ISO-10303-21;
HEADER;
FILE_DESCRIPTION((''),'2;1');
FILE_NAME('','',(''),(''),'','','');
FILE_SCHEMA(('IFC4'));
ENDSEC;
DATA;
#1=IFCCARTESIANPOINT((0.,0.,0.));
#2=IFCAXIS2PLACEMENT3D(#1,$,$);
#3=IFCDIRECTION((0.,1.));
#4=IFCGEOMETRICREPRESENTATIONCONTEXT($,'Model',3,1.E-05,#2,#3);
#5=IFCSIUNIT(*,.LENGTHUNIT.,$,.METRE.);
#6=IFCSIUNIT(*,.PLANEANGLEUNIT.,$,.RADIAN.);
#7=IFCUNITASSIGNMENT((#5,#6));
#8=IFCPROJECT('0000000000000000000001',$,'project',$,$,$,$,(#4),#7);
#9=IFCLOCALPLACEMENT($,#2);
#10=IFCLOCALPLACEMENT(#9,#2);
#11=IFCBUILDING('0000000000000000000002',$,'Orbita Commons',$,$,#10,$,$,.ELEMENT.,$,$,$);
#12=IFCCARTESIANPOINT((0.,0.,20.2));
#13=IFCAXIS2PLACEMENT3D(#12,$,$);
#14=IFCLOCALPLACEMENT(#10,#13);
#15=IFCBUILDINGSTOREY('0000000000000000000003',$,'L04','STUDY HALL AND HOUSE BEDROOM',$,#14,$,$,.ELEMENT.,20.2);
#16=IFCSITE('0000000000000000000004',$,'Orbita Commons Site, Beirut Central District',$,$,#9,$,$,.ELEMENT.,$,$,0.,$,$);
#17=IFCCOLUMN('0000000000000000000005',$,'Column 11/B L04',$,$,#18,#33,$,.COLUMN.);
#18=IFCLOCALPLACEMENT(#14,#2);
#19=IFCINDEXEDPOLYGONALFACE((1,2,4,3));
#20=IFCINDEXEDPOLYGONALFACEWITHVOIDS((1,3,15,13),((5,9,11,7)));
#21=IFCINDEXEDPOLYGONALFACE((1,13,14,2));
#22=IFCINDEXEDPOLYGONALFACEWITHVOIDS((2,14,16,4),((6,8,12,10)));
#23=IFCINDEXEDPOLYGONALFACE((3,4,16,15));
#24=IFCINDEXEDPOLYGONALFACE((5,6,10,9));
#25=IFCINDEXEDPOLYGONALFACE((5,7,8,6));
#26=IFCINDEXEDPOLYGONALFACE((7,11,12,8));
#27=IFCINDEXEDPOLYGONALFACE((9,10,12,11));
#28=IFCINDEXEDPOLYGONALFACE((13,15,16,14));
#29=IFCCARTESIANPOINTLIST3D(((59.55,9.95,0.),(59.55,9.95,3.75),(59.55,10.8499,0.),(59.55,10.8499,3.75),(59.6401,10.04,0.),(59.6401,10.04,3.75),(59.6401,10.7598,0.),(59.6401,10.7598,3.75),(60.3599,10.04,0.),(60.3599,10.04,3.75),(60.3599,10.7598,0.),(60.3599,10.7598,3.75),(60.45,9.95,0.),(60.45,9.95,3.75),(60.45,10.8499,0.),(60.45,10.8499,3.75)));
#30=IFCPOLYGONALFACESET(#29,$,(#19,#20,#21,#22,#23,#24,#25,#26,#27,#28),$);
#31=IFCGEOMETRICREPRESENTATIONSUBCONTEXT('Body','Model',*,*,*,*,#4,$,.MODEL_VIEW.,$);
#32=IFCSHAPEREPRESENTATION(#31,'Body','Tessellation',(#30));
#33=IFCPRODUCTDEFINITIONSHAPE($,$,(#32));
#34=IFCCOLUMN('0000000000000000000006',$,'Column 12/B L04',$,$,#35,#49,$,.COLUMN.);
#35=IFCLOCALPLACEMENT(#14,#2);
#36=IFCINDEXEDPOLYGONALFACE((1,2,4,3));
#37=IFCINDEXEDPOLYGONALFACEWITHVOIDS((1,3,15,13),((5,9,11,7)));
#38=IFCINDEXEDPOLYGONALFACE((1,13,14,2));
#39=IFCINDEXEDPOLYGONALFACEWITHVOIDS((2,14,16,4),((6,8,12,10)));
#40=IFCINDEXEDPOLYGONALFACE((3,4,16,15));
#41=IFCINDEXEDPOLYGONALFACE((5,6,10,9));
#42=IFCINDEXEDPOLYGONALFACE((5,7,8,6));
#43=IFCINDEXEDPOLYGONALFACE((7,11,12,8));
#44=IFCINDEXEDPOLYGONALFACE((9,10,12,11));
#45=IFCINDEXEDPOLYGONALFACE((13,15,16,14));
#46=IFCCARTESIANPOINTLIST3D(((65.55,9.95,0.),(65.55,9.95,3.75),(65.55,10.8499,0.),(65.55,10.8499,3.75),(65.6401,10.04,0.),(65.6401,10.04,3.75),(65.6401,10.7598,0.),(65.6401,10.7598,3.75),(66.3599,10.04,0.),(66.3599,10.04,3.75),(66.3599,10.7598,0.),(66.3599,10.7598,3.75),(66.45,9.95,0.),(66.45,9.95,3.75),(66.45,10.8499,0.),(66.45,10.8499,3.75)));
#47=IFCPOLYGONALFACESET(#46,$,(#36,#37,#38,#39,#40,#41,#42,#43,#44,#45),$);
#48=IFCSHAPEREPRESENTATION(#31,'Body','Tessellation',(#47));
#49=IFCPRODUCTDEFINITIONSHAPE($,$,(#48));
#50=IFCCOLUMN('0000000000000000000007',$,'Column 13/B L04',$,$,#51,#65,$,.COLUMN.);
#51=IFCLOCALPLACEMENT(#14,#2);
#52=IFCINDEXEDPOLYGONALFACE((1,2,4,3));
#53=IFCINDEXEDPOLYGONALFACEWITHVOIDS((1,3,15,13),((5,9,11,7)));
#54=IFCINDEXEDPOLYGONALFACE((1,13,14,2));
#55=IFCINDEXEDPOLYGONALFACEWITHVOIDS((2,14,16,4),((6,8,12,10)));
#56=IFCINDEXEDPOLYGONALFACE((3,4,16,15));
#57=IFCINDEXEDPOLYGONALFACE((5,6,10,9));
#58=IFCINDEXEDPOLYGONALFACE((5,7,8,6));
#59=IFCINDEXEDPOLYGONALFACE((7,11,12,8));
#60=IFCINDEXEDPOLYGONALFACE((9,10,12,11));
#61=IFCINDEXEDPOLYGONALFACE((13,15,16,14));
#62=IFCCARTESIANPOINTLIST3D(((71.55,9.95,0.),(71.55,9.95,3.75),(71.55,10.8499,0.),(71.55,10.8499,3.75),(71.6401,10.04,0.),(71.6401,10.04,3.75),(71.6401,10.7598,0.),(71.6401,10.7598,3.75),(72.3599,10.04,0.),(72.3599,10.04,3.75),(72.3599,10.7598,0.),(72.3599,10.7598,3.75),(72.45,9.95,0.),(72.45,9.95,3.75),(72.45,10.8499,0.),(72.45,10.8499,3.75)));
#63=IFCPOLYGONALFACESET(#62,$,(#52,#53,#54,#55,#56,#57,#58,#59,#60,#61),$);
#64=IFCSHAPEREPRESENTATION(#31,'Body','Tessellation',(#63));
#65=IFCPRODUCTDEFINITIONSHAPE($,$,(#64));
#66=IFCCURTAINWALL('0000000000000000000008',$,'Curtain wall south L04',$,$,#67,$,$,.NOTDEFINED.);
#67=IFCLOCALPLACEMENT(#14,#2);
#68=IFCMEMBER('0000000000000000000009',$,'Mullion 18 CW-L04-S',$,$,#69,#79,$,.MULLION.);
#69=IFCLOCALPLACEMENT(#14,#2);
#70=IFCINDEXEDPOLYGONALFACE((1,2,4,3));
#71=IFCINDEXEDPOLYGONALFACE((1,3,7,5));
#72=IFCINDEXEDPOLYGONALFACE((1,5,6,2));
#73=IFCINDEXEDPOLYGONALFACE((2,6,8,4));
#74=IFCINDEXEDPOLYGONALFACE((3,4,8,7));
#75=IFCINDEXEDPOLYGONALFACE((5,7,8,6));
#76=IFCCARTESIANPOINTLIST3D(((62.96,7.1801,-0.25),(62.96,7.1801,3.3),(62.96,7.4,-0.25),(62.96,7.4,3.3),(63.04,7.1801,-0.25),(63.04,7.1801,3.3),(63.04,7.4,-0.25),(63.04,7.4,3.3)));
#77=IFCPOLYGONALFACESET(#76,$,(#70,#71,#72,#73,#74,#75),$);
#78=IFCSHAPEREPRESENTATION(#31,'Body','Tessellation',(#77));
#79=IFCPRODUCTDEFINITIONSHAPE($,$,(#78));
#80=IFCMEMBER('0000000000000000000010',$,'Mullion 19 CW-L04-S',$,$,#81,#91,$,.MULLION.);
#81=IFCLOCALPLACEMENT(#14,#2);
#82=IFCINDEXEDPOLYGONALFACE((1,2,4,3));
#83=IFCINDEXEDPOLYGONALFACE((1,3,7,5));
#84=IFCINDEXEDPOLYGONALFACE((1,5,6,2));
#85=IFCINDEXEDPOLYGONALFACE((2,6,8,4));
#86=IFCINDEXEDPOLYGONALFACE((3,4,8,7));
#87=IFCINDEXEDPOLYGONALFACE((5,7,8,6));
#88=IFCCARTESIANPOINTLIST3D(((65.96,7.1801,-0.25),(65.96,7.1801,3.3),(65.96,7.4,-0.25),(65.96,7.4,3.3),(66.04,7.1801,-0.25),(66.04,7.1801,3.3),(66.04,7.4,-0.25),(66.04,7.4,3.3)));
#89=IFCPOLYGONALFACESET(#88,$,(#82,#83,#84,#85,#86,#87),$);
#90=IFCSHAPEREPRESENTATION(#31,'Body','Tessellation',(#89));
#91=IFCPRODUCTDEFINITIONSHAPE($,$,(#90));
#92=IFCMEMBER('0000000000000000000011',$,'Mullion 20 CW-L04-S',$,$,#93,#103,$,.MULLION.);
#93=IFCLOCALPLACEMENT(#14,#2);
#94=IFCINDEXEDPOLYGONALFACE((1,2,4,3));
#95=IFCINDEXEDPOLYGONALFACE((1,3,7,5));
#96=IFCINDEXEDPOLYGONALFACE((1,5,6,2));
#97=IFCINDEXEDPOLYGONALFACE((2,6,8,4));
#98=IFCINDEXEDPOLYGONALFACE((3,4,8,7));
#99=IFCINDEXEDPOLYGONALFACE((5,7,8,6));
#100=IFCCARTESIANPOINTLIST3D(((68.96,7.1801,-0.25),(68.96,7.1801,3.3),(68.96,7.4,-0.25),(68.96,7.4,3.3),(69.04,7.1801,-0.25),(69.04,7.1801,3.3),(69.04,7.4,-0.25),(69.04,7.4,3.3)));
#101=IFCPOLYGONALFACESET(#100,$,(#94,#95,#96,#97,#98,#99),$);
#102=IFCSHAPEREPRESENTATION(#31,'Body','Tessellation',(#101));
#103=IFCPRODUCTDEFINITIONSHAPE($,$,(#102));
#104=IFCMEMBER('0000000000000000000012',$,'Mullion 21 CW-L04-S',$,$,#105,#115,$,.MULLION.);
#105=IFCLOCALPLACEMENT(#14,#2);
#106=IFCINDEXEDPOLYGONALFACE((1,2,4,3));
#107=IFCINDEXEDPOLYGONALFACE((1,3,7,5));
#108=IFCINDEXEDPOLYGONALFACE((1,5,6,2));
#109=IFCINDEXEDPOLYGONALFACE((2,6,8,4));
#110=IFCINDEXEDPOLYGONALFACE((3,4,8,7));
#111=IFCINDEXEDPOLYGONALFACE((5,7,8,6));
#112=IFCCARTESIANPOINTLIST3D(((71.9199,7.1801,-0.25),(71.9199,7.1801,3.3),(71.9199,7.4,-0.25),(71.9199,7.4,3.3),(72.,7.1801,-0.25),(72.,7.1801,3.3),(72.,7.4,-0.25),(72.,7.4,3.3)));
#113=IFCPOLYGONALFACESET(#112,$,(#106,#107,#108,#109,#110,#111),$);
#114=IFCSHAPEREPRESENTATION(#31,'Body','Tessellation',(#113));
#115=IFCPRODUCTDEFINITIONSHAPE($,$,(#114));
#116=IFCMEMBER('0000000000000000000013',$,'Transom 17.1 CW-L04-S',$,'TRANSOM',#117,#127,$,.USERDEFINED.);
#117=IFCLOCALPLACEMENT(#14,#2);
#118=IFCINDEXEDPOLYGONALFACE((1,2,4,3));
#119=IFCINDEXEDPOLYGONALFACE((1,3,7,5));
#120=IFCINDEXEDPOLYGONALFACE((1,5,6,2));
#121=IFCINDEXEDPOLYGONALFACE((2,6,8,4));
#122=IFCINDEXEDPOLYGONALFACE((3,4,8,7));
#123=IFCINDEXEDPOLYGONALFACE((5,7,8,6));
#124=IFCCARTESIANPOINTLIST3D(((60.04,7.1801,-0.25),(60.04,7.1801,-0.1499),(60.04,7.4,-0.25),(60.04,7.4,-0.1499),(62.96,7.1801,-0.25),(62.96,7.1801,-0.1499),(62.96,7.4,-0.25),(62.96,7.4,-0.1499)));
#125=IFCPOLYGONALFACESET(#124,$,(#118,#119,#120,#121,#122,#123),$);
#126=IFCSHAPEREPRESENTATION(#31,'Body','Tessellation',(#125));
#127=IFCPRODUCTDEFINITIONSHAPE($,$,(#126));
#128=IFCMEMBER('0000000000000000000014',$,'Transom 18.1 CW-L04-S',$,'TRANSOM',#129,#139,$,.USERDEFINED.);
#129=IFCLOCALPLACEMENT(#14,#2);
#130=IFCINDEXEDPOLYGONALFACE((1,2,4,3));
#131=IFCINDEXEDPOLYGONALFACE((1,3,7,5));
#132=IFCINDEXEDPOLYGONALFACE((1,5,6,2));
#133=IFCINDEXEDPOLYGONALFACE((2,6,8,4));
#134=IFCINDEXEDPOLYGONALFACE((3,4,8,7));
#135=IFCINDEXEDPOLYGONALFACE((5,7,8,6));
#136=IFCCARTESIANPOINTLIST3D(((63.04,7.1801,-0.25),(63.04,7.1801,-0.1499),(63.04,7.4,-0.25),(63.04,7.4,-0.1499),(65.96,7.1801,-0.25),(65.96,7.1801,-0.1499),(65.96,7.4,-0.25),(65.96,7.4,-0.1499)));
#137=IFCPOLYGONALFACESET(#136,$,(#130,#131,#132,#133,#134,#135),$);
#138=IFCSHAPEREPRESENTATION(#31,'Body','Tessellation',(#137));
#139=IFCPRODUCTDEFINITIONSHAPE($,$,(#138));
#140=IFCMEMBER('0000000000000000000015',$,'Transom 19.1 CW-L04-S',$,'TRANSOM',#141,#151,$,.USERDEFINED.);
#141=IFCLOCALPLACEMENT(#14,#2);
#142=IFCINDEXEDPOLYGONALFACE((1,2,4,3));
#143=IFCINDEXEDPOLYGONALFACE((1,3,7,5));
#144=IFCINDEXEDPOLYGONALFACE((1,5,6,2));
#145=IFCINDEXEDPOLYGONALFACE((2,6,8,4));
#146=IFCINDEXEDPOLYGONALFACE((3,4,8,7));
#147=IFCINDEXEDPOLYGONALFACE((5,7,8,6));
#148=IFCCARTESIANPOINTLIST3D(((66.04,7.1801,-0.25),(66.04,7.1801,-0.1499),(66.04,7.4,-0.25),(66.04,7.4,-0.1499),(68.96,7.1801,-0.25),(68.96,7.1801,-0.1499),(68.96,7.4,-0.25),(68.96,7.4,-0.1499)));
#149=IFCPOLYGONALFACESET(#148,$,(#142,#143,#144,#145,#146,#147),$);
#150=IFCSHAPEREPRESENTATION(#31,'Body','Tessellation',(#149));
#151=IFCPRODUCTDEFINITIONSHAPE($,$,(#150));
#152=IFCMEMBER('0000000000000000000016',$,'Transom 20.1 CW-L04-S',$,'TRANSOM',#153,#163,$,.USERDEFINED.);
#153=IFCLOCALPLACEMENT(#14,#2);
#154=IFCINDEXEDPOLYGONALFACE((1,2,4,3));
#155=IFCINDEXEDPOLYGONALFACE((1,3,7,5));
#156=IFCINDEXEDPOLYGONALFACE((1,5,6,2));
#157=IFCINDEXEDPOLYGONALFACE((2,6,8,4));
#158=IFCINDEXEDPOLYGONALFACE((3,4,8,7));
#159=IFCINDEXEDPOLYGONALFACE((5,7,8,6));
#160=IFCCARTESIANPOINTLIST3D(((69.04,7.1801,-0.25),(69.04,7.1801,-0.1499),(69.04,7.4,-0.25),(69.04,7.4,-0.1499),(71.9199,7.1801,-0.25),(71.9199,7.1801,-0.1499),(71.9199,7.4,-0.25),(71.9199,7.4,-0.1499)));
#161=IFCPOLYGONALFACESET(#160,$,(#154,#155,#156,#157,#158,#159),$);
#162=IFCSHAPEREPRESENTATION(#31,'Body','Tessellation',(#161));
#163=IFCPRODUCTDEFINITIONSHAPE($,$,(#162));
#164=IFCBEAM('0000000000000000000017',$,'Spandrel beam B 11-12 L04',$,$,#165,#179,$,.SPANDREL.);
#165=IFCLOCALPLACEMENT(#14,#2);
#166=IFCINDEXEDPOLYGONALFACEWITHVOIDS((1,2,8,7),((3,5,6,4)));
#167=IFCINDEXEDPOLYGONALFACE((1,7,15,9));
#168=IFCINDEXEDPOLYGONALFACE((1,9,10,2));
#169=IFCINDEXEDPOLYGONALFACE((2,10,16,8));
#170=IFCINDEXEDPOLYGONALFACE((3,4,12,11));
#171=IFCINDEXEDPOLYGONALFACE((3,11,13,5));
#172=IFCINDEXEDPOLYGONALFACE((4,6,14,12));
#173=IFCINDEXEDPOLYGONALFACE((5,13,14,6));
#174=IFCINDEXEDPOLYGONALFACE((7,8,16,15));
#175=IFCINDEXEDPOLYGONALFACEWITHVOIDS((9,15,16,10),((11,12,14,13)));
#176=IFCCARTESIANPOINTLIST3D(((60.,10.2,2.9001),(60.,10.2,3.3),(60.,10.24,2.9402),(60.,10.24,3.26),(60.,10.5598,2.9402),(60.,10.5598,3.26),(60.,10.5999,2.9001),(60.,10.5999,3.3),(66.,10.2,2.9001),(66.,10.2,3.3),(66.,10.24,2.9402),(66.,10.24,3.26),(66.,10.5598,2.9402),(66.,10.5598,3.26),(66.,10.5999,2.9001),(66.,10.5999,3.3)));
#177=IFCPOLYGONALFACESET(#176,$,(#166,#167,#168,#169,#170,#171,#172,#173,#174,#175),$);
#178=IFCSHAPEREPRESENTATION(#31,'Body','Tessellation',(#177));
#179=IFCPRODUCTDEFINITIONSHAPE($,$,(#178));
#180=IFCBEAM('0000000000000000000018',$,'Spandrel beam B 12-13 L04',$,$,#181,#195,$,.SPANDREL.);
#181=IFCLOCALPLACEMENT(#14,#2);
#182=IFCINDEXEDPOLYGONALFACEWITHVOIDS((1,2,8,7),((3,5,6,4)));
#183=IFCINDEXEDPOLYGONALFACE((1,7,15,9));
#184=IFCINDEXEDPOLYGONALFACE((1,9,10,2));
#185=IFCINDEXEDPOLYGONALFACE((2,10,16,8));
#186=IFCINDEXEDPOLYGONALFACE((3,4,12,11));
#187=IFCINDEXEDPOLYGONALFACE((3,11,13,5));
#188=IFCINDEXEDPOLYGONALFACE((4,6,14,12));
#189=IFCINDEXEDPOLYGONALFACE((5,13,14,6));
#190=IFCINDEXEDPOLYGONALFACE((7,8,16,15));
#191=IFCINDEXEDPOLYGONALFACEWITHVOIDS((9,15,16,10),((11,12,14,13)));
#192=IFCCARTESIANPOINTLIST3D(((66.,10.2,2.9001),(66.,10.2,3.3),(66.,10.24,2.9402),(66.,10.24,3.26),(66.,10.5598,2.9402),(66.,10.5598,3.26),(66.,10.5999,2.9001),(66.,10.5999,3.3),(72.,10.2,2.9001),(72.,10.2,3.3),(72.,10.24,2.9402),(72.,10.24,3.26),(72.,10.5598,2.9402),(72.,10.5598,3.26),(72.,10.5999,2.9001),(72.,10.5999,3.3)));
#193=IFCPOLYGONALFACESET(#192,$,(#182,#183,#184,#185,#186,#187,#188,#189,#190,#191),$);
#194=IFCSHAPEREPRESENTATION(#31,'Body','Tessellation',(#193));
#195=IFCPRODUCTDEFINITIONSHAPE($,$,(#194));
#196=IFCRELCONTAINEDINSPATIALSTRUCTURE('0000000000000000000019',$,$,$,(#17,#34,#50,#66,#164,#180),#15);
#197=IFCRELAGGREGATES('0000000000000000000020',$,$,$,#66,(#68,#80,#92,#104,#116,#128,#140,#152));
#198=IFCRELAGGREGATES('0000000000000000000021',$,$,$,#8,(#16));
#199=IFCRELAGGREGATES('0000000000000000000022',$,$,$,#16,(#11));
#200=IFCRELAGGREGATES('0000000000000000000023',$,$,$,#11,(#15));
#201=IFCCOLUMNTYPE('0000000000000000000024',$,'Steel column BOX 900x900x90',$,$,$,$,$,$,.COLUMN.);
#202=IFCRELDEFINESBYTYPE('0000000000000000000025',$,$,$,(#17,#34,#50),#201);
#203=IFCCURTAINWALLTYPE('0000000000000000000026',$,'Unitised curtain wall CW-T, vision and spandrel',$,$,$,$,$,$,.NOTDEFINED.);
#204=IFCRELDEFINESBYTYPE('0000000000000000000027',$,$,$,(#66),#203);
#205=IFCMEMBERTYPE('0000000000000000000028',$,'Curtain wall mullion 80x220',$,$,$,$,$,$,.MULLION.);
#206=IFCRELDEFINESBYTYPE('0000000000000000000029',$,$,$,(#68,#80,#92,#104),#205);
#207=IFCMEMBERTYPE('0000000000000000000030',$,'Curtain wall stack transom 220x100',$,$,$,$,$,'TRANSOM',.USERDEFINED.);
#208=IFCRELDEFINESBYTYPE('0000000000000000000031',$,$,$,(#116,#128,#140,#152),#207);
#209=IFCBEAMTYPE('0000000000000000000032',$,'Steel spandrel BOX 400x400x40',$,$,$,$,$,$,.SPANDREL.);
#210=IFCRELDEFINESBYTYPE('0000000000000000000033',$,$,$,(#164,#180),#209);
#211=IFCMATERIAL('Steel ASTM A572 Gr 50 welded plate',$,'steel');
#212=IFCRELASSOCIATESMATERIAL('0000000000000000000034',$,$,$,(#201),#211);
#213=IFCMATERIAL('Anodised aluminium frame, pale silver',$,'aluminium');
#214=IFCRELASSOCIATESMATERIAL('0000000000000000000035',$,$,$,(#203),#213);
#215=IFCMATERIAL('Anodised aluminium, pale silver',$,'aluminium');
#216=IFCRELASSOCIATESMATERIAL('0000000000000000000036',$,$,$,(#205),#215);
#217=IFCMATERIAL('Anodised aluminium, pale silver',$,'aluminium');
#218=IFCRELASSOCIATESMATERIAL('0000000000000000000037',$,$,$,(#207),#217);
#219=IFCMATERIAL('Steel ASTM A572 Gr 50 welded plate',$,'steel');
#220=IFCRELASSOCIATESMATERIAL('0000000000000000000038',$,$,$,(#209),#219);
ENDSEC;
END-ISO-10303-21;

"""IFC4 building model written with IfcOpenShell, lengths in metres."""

from ifc_helpers import new_model, si_unit, direction, frame, origin, origin_2d, place, context, subcontext, project, spatial, rectangle, hollow_rectangle, extrude, material, material_profile, profile_set, type_object, element, aggregate, save


model = new_model("IFC4")

# Units and contexts
model_context = context("Model", 3, precision=1e-05, world=origin(), true_north=direction((0.0, 1.0)))
body_context = subcontext(model_context, "Body", "Model", "MODEL_VIEW")
ifc_project = project(units=[si_unit("LENGTHUNIT", "METRE"), si_unit("PLANEANGLEUNIT", "RADIAN")], contexts=[model_context])

# Site, building, storey
site_placement = place(None, origin())
site = spatial("IfcSite", under=ifc_project, at=site_placement, Name="Orbita Commons Site, Beirut Central District", CompositionType="ELEMENT", RefElevation=0.0)
building_placement = place(site_placement, origin())
building = spatial("IfcBuilding", under=site, at=building_placement, Name="Orbita Commons", CompositionType="ELEMENT")
storey_placement = place(building_placement, frame((0.0, 0.0, 20.2)))
storey = spatial("IfcBuildingStorey", under=building, at=storey_placement, Name="L04", Description="STUDY HALL AND HOUSE BEDROOM", CompositionType="ELEMENT", Elevation=20.2)

# Columns
ifc_material_1 = material(Name="Steel ASTM A572 Gr 50 welded plate", Category="steel")
ifc_material_profile_1 = material_profile(ifc_material_1, hollow_rectangle(XDim=0.8999, YDim=0.8999, WallThickness=0.0901, at=origin_2d()), Name="BOX 900x900x90")
ifc_profile_set_1 = profile_set([ifc_material_profile_1], Name="Steel ASTM A572 Gr 50 welded plate")
column_type = type_object("IfcColumnType", Name="Steel column BOX 900x900x90", PredefinedType="COLUMN", material=ifc_profile_set_1)
for number, where, z_axis, x_axis, name in (
    (1, (60.0, 10.3999, 0.0), (0.0, 0.0, 1.0), (1.0, 0.0, 0.0), "Column 11/B L04"),
    (2, (66.0, 10.3999, 0.0), (0.0, 0.0, 1.0), (1.0, 0.0, 0.0), "Column 12/B L04"),
    (3, (72.0, 10.3999, 0.0), (0.0, 0.0, 1.0), (1.0, 0.0, 0.0), "Column 13/B L04"),
):
    element("IfcColumn", number, at=place(storey_placement, frame(where, z_axis=z_axis, x_axis=x_axis)), inside=storey, type_object=column_type, Name=name, PredefinedType="COLUMN", context=body_context, shape_type="SweptSolid", body=[
        extrude(hollow_rectangle(XDim=0.8999, YDim=0.8999, WallThickness=0.0901, at=origin_2d()), origin(), (0.0, 0.0, 1.0), 3.75),
    ])

# Curtain wall, members
ifc_material_2 = material(Name="Anodised aluminium frame, pale silver", Category="aluminium")
curtain_wall_type = type_object("IfcCurtainWallType", Name="Unitised curtain wall CW-T, vision and spandrel", PredefinedType="NOTDEFINED", material=ifc_material_2)
curtain_wall_placement = place(storey_placement, origin())
curtain_wall = element("IfcCurtainWall", 4, at=curtain_wall_placement, inside=storey, type_object=curtain_wall_type, Name="Curtain wall south L04", PredefinedType="NOTDEFINED")
ifc_material_3 = material(Name="Anodised aluminium, pale silver", Category="aluminium")
ifc_material_profile_2 = material_profile(ifc_material_3, rectangle(XDim=0.0801, YDim=0.22, at=origin_2d()), Name="AL 80x220")
ifc_profile_set_2 = profile_set([ifc_material_profile_2], Name="Anodised aluminium, pale silver")
member_type_1 = type_object("IfcMemberType", Name="Curtain wall mullion 80x220", PredefinedType="MULLION", material=ifc_profile_set_2)
member_1_placement = place(storey_placement, frame((63.0, 7.29, -0.25), z_axis=(0.0, 0.0, 1.0), x_axis=(1.0, 0.0, 0.0)))
member_1 = element("IfcMember", 5, at=member_1_placement, type_object=member_type_1, Name="Mullion 18 CW-L04-S", PredefinedType="MULLION", context=body_context, shape_type="SweptSolid", body=[
    extrude(rectangle(XDim=0.0801, YDim=0.22, at=origin_2d()), origin(), (0.0, 0.0, 1.0), 3.55),
])
member_2_placement = place(storey_placement, frame((66.0, 7.29, -0.25), z_axis=(0.0, 0.0, 1.0), x_axis=(1.0, 0.0, 0.0)))
member_2 = element("IfcMember", 6, at=member_2_placement, type_object=member_type_1, Name="Mullion 19 CW-L04-S", PredefinedType="MULLION", context=body_context, shape_type="SweptSolid", body=[
    extrude(rectangle(XDim=0.0801, YDim=0.22, at=origin_2d()), origin(), (0.0, 0.0, 1.0), 3.55),
])
member_3_placement = place(storey_placement, frame((69.0, 7.29, -0.25), z_axis=(0.0, 0.0, 1.0), x_axis=(1.0, 0.0, 0.0)))
member_3 = element("IfcMember", 7, at=member_3_placement, type_object=member_type_1, Name="Mullion 20 CW-L04-S", PredefinedType="MULLION", context=body_context, shape_type="SweptSolid", body=[
    extrude(rectangle(XDim=0.0801, YDim=0.22, at=origin_2d()), origin(), (0.0, 0.0, 1.0), 3.55),
])
member_4_placement = place(storey_placement, frame((71.96, 7.29, -0.25), z_axis=(0.0, 0.0, 1.0), x_axis=(1.0, 0.0, 0.0)))
member_4 = element("IfcMember", 8, at=member_4_placement, type_object=member_type_1, Name="Mullion 21 CW-L04-S", PredefinedType="MULLION", context=body_context, shape_type="SweptSolid", body=[
    extrude(rectangle(XDim=0.0801, YDim=0.22, at=origin_2d()), origin(), (0.0, 0.0, 1.0), 3.55),
])
ifc_material_4 = material(Name="Anodised aluminium, pale silver", Category="aluminium")
ifc_material_profile_3 = material_profile(ifc_material_4, rectangle(XDim=0.22, YDim=0.1001, at=origin_2d()), Name="AL 220x100")
ifc_profile_set_3 = profile_set([ifc_material_profile_3], Name="Anodised aluminium, pale silver")
member_type_2 = type_object("IfcMemberType", Name="Curtain wall stack transom 220x100", ElementType="TRANSOM", PredefinedType="USERDEFINED", material=ifc_profile_set_3)
member_5_placement = place(storey_placement, frame((60.04, 7.29, -0.2), z_axis=(1.0, 0.0, 0.0), x_axis=(0.0, 1.0, 0.0)))
member_5 = element("IfcMember", 9, at=member_5_placement, type_object=member_type_2, Name="Transom 17.1 CW-L04-S", ObjectType="TRANSOM", PredefinedType="USERDEFINED", context=body_context, shape_type="SweptSolid", body=[
    extrude(rectangle(XDim=0.22, YDim=0.1001, at=origin_2d()), origin(), (0.0, 0.0, 1.0), 2.9199),
])
member_6_placement = place(storey_placement, frame((63.04, 7.29, -0.2), z_axis=(1.0, 0.0, 0.0), x_axis=(0.0, 1.0, 0.0)))
member_6 = element("IfcMember", 10, at=member_6_placement, type_object=member_type_2, Name="Transom 18.1 CW-L04-S", ObjectType="TRANSOM", PredefinedType="USERDEFINED", context=body_context, shape_type="SweptSolid", body=[
    extrude(rectangle(XDim=0.22, YDim=0.1001, at=origin_2d()), origin(), (0.0, 0.0, 1.0), 2.9199),
])
member_7_placement = place(storey_placement, frame((66.04, 7.29, -0.2), z_axis=(1.0, 0.0, 0.0), x_axis=(0.0, 1.0, 0.0)))
member_7 = element("IfcMember", 11, at=member_7_placement, type_object=member_type_2, Name="Transom 19.1 CW-L04-S", ObjectType="TRANSOM", PredefinedType="USERDEFINED", context=body_context, shape_type="SweptSolid", body=[
    extrude(rectangle(XDim=0.22, YDim=0.1001, at=origin_2d()), origin(), (0.0, 0.0, 1.0), 2.9199),
])
member_8_placement = place(storey_placement, frame((69.04, 7.29, -0.2), z_axis=(1.0, 0.0, 0.0), x_axis=(0.0, 1.0, 0.0)))
member_8 = element("IfcMember", 12, at=member_8_placement, type_object=member_type_2, Name="Transom 20.1 CW-L04-S", ObjectType="TRANSOM", PredefinedType="USERDEFINED", context=body_context, shape_type="SweptSolid", body=[
    extrude(rectangle(XDim=0.22, YDim=0.1001, at=origin_2d()), origin(), (0.0, 0.0, 1.0), 2.8799),
])

# Beams
ifc_material_5 = material(Name="Steel ASTM A572 Gr 50 welded plate", Category="steel")
ifc_material_profile_4 = material_profile(ifc_material_5, hollow_rectangle(XDim=0.3999, YDim=0.3999, WallThickness=0.04, at=origin_2d()), Name="BOX 400x400x40")
ifc_profile_set_4 = profile_set([ifc_material_profile_4], Name="Steel ASTM A572 Gr 50 welded plate")
beam_type = type_object("IfcBeamType", Name="Steel spandrel BOX 400x400x40", PredefinedType="SPANDREL", material=ifc_profile_set_4)
for number, where, z_axis, x_axis, name in (
    (13, (60.0, 10.3999, 3.1001), (1.0, 0.0, 0.0), (0.0, 1.0, 0.0), "Spandrel beam B 11-12 L04"),
    (14, (66.0, 10.3999, 3.1001), (1.0, 0.0, 0.0), (0.0, 1.0, 0.0), "Spandrel beam B 12-13 L04"),
):
    element("IfcBeam", number, at=place(storey_placement, frame(where, z_axis=z_axis, x_axis=x_axis)), inside=storey, type_object=beam_type, Name=name, PredefinedType="SPANDREL", context=body_context, shape_type="SweptSolid", body=[
        extrude(hollow_rectangle(XDim=0.3999, YDim=0.3999, WallThickness=0.04, at=origin_2d()), origin(), (0.0, 0.0, 1.0), 6.0),
    ])

aggregate(curtain_wall, [member_1, member_2, member_3, member_4, member_5, member_6, member_7, member_8])

save(model, "model.ifc")
